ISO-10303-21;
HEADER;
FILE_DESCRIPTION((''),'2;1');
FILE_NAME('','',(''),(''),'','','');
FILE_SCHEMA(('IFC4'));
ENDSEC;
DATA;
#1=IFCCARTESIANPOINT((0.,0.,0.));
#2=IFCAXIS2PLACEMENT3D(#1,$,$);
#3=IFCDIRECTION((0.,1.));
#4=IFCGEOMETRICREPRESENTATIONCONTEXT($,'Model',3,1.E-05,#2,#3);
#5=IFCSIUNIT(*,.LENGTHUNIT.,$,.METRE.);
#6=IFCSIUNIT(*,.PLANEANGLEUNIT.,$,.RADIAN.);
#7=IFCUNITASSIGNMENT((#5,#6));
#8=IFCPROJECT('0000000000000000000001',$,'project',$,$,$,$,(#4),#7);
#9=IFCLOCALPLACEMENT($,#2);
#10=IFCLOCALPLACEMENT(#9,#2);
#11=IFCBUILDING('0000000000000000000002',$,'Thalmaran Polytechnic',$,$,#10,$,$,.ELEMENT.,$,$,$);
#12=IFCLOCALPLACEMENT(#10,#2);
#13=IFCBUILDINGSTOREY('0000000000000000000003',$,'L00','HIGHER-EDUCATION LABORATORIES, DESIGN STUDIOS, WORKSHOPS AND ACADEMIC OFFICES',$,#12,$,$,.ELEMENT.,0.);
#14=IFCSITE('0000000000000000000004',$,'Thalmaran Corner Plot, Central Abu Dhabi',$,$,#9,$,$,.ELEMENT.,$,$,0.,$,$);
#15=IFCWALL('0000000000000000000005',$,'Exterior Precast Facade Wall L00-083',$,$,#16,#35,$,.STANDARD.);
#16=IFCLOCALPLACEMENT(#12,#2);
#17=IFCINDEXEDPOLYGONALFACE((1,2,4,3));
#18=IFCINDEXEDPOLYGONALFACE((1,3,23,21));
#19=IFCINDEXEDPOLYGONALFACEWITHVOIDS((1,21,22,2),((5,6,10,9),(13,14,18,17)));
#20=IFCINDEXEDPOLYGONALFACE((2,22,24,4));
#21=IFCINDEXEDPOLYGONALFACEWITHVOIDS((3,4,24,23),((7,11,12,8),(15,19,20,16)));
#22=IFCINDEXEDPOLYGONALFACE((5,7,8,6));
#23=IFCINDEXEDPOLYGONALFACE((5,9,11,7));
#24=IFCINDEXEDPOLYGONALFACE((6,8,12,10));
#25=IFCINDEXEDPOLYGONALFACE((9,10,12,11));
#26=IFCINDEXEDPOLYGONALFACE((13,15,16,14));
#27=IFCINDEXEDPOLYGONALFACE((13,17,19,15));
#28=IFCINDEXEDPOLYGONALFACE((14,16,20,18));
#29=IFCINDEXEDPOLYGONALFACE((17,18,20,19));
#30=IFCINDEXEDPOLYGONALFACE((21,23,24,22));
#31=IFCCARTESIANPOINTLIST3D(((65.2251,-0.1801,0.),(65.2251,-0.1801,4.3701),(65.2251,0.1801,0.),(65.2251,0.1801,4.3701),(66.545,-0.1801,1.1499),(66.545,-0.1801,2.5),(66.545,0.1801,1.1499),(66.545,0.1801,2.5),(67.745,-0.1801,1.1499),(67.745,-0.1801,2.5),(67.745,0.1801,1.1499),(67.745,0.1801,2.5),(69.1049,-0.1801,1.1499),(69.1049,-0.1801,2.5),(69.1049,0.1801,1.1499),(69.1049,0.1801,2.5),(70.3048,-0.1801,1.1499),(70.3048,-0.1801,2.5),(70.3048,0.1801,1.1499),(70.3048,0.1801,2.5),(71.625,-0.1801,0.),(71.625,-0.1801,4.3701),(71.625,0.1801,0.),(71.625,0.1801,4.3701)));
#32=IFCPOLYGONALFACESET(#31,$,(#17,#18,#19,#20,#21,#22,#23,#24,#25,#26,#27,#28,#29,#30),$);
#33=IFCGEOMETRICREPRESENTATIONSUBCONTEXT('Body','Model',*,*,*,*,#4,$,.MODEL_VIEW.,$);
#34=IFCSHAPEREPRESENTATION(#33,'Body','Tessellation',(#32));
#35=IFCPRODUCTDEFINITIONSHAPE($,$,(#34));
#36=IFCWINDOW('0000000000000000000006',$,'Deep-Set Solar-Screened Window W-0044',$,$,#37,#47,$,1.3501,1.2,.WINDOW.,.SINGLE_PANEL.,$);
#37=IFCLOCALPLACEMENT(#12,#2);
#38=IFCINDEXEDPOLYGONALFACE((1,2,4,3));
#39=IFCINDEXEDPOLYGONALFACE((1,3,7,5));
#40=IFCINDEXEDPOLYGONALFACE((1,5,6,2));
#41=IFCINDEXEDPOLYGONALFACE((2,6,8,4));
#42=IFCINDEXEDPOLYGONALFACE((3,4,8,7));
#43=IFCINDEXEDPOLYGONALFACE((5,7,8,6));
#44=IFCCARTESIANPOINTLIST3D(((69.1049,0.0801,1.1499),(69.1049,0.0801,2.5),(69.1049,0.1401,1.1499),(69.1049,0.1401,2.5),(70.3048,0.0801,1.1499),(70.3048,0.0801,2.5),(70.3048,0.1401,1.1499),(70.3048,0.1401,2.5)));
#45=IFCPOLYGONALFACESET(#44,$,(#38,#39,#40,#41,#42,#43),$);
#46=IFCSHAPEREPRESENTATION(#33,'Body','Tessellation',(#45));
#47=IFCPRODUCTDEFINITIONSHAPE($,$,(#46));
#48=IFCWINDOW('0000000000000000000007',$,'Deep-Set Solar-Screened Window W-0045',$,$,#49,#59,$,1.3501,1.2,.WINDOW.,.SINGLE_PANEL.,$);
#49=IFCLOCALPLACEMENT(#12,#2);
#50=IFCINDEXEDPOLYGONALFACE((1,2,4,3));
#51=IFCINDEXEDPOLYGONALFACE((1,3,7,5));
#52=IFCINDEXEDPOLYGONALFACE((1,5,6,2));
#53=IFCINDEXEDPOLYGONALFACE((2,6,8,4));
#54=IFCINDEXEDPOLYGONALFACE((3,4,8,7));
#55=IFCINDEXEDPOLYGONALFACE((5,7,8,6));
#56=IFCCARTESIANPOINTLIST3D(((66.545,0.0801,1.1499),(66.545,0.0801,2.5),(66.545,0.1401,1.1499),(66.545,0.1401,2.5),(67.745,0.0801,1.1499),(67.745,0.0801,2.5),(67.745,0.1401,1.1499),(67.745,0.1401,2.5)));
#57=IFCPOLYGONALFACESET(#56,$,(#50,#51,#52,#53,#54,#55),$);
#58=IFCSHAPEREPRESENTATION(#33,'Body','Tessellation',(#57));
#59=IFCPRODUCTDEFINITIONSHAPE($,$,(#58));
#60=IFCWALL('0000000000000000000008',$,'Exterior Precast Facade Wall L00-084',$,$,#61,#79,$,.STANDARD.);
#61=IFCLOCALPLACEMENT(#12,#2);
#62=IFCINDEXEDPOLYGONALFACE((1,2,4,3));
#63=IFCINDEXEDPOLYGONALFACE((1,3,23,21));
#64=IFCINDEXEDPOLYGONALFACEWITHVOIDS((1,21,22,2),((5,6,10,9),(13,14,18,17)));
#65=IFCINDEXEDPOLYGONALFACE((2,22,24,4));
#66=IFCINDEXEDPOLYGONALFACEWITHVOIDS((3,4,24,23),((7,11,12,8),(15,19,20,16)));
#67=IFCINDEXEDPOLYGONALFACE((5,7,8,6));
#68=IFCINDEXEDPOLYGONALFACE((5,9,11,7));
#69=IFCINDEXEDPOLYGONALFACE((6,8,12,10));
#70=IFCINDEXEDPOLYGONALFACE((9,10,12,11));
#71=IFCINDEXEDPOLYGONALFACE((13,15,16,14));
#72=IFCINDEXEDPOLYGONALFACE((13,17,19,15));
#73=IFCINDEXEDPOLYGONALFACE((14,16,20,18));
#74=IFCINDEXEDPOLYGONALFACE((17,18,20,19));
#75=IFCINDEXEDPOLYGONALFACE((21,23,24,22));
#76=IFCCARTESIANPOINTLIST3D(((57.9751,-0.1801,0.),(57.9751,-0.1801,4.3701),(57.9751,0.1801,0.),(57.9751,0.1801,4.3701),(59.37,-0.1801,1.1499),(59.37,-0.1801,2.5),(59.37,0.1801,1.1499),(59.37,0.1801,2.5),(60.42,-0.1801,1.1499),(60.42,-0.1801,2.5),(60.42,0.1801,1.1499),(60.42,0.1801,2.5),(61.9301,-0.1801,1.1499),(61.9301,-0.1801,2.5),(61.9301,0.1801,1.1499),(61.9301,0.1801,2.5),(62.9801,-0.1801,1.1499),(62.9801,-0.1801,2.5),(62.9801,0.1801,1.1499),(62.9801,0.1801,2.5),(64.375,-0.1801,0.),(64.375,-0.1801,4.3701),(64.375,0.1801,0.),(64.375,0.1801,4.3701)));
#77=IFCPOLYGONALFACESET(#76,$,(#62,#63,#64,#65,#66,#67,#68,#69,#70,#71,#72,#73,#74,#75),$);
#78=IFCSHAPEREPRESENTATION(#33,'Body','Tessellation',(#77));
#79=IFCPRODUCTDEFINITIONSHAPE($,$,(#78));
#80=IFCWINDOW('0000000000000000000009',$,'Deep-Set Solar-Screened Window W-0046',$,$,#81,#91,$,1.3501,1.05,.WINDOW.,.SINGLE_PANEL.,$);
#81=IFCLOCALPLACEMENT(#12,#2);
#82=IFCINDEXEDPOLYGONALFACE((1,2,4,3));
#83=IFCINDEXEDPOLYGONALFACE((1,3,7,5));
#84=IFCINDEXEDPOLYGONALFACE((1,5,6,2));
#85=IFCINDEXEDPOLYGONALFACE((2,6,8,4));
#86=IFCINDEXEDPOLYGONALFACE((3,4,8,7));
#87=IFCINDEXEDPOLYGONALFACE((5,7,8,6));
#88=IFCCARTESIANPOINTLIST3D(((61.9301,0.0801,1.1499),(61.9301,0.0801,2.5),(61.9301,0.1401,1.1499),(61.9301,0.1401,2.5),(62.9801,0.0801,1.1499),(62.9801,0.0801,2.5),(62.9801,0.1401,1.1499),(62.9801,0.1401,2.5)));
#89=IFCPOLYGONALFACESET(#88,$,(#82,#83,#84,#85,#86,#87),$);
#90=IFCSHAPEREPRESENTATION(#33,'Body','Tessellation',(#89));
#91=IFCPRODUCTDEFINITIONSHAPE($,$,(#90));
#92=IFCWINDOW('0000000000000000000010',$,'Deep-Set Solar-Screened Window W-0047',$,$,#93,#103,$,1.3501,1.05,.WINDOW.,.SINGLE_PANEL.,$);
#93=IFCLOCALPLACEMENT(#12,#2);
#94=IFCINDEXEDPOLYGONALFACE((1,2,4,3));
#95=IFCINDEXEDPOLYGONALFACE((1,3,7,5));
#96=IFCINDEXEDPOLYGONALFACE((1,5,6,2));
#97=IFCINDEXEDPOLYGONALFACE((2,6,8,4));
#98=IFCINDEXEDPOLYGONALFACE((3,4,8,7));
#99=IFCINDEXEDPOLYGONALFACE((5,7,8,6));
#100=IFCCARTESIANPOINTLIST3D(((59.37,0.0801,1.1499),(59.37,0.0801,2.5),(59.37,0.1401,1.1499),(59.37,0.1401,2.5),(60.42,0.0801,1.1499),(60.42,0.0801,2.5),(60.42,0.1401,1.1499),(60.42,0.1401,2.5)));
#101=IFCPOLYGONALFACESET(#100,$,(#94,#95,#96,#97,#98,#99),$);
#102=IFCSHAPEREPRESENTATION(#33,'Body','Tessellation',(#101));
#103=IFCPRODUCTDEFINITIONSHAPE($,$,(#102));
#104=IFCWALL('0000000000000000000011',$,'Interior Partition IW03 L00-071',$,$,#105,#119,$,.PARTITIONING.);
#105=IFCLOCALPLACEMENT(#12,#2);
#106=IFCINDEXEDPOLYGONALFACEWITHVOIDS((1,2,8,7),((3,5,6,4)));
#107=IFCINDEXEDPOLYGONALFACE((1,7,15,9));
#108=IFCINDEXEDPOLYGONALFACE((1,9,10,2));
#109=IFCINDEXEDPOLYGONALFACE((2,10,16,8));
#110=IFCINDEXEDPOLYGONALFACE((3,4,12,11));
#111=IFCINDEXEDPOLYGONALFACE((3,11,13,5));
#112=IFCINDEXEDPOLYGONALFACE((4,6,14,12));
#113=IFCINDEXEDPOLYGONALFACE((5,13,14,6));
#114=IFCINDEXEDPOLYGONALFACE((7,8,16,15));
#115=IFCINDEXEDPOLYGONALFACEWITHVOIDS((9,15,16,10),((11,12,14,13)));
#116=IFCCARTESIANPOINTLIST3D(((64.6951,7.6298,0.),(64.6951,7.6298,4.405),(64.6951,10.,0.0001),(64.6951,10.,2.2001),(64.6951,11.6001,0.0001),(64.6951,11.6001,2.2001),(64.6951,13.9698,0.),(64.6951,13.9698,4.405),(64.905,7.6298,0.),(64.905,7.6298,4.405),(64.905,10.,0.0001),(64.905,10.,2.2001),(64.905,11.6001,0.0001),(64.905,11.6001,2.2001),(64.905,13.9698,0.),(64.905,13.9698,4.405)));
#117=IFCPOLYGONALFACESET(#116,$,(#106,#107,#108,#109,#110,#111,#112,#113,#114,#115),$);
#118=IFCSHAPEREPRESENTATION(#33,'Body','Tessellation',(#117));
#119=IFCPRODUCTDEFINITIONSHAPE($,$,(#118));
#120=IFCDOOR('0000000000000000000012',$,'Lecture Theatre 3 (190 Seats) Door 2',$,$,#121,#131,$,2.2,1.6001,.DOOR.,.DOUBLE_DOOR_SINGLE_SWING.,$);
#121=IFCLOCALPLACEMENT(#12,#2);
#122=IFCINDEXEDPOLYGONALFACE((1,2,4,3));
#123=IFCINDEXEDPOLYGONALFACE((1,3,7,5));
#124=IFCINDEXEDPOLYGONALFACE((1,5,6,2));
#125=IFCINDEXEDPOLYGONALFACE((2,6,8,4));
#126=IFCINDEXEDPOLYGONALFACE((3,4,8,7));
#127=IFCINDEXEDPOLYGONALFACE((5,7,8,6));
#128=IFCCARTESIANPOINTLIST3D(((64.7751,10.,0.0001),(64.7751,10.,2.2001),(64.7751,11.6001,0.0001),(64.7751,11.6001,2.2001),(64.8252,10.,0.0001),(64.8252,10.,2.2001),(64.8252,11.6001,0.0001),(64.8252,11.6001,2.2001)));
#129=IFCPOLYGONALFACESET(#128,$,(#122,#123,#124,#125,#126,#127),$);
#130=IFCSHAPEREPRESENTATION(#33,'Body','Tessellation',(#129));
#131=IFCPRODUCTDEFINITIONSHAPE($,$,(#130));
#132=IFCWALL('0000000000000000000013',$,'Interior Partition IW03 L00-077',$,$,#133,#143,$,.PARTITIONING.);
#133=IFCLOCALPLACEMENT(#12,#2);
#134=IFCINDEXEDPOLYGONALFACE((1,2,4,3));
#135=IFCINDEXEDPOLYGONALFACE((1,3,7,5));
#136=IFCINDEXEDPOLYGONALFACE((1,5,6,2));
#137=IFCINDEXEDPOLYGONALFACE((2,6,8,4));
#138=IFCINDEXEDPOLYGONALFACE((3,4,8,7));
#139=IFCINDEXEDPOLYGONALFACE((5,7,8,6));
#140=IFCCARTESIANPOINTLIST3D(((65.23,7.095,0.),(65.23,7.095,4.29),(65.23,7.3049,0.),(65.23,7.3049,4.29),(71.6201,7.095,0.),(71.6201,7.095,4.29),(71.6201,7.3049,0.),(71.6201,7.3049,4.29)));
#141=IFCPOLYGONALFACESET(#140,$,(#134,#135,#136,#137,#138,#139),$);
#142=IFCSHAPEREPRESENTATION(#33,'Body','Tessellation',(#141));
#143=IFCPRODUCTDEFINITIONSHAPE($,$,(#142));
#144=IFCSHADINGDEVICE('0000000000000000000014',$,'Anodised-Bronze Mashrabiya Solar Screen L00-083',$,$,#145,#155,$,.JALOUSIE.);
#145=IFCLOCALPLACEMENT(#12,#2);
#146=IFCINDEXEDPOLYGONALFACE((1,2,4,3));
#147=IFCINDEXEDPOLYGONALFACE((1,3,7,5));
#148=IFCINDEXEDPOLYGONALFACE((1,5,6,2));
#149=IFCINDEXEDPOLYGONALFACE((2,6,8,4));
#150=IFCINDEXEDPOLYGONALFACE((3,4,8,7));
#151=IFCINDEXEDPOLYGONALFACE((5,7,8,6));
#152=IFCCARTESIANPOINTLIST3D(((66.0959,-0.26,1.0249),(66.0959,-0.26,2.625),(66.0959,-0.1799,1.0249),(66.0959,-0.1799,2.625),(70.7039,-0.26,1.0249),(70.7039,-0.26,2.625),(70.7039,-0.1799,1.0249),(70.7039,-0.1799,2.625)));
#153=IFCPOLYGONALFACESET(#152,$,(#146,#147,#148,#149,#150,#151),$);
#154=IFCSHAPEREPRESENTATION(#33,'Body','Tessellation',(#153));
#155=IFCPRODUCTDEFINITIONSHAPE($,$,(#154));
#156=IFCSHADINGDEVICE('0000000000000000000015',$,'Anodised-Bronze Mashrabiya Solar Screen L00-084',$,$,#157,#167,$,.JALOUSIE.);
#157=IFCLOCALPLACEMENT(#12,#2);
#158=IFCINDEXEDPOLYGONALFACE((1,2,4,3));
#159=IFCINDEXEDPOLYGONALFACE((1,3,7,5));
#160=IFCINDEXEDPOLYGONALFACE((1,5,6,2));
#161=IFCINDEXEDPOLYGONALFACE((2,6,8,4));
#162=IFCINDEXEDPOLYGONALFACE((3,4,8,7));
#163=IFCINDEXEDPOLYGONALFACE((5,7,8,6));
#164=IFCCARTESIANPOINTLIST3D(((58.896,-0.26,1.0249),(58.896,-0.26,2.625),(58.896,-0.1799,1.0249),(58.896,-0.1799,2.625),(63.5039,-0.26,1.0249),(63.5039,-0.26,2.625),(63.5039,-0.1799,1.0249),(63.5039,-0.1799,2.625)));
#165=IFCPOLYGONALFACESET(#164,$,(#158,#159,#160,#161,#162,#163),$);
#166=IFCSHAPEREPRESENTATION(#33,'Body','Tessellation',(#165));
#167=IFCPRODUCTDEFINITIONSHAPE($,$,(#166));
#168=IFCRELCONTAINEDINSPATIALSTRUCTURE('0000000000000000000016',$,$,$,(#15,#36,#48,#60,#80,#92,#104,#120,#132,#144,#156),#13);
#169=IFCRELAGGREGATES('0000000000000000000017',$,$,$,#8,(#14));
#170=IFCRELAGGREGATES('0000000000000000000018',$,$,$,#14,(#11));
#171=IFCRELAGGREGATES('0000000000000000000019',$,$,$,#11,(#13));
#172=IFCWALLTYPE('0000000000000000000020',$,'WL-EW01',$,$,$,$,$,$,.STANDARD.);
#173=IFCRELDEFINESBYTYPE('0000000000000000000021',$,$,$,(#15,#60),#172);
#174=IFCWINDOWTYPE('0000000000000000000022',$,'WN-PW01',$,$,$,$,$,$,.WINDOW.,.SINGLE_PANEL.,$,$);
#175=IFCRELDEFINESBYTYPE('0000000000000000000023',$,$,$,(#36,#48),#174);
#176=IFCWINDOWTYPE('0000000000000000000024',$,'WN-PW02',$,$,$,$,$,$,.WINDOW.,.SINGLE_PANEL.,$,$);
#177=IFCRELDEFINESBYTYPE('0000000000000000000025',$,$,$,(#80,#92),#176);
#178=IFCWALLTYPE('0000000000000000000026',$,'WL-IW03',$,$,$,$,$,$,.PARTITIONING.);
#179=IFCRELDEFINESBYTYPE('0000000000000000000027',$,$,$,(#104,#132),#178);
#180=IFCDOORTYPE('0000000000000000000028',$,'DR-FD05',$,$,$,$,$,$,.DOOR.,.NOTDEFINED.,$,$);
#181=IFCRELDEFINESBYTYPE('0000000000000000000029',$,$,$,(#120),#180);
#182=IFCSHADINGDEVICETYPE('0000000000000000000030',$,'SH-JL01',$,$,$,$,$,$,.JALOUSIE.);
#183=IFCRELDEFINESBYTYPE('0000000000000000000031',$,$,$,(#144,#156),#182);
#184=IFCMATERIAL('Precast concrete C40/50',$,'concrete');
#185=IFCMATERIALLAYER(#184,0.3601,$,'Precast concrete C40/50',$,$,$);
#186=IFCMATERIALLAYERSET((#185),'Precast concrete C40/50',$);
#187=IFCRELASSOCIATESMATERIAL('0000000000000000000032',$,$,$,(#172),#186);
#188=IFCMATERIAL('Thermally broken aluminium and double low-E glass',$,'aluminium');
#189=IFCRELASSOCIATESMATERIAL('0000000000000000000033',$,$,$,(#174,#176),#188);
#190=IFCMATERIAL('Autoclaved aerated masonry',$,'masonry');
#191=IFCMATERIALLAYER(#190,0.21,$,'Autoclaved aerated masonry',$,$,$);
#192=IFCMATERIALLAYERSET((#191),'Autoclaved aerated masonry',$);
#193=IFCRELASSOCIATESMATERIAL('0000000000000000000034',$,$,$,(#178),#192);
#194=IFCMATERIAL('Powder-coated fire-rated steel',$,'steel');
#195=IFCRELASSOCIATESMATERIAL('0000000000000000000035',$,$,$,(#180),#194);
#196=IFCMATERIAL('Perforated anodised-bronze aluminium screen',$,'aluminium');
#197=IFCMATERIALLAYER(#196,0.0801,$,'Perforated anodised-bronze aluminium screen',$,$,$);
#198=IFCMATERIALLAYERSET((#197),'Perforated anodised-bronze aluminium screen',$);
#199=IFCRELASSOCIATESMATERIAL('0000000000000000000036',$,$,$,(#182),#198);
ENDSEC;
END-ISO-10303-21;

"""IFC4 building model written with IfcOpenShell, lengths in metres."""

from ifc_helpers import new_model, si_unit, direction, frame, frame_2d, origin, origin_2d, place, context, subcontext, project, spatial, rectangle, extrude, material, layer, layer_set, type_object, element, fill, save


model = new_model("IFC4")

# Units and contexts
model_context = context("Model", 3, precision=1e-05, world=origin(), true_north=direction((0.0, 1.0)))
body_context = subcontext(model_context, "Body", "Model", "MODEL_VIEW")
ifc_project = project(units=[si_unit("LENGTHUNIT", "METRE"), si_unit("PLANEANGLEUNIT", "RADIAN")], contexts=[model_context])

# Site, building, storey
site_placement = place(None, origin())
site = spatial("IfcSite", under=ifc_project, at=site_placement, Name="Thalmaran Corner Plot, Central Abu Dhabi", CompositionType="ELEMENT", RefElevation=0.0)
building_placement = place(site_placement, origin())
building = spatial("IfcBuilding", under=site, at=building_placement, Name="Thalmaran Polytechnic", CompositionType="ELEMENT")
storey_placement = place(building_placement, origin())
storey = spatial("IfcBuildingStorey", under=building, at=storey_placement, Name="L00", Description="HIGHER-EDUCATION LABORATORIES, DESIGN STUDIOS, WORKSHOPS AND ACADEMIC OFFICES", CompositionType="ELEMENT", Elevation=0.0)

# Walls, openings, windows
ifc_material_1 = material(Name="Precast concrete C40/50", Category="concrete")
ifc_layer_1 = layer(ifc_material_1, 0.3601, Name="Precast concrete C40/50")
ifc_layer_set_1 = layer_set([ifc_layer_1], Name="Precast concrete C40/50")
wall_type_1 = type_object("IfcWallType", Name="WL-EW01", PredefinedType="STANDARD", material=ifc_layer_set_1)
wall_1_placement = place(storey_placement, frame((71.625, 0.0, 0.0), z_axis=(0.0, 0.0, 1.0), x_axis=(-1.0, 0.0, 0.0)))
wall_1 = element("IfcWall", 1, at=wall_1_placement, inside=storey, type_object=wall_type_1, Name="Exterior Precast Facade Wall L00-083", PredefinedType="STANDARD", context=body_context, shape_type="SweptSolid", body=[
    extrude(rectangle(XDim=6.3999, YDim=0.3601, at=frame_2d((3.2, 0.0))), origin(), (0.0, 0.0, 1.0), 4.3701),
])
opening_1_placement = place(wall_1_placement, frame((1.3201, 0.0, 1.1499)))
opening_1 = element("IfcOpeningElement", 2, at=opening_1_placement, cuts=wall_1, PredefinedType="OPENING", context=body_context, shape_type="SweptSolid", body=[
    extrude(rectangle(XDim=1.2, YDim=1.3501, at=frame_2d((0.6001, 0.675))), frame((0.0, 0.1899, 0.0), z_axis=(0.0, -1.0, 0.0), x_axis=(1.0, 0.0, 0.0)), (0.0, 0.0, 1.0), 0.3801),
])
opening_2_placement = place(wall_1_placement, frame((3.8799, 0.0, 1.1499)))
opening_2 = element("IfcOpeningElement", 3, at=opening_2_placement, cuts=wall_1, PredefinedType="OPENING", context=body_context, shape_type="SweptSolid", body=[
    extrude(rectangle(XDim=1.2, YDim=1.3501, at=frame_2d((0.6001, 0.675))), frame((0.0, 0.1899, 0.0), z_axis=(0.0, -1.0, 0.0), x_axis=(1.0, 0.0, 0.0)), (0.0, 0.0, 1.0), 0.3801),
])
ifc_material_2 = material(Name="Thermally broken aluminium and double low-E glass", Category="aluminium")
window_type_1 = type_object("IfcWindowType", Name="WN-PW01", PartitioningType="SINGLE_PANEL", PredefinedType="WINDOW", material=ifc_material_2)
window_1_placement = place(opening_1_placement, origin())
window_1 = element("IfcWindow", 4, at=window_1_placement, inside=storey, type_object=window_type_1, Name="Deep-Set Solar-Screened Window W-0044", OverallHeight=1.3501, OverallWidth=1.2, PartitioningType="SINGLE_PANEL", PredefinedType="WINDOW", context=body_context, shape_type="SweptSolid", body=[
    extrude(rectangle(XDim=1.2, YDim=1.3501, at=frame_2d((0.6001, 0.675))), frame((0.0, -0.0801, 0.0), z_axis=(0.0, -1.0, 0.0), x_axis=(1.0, 0.0, 0.0)), (0.0, 0.0, 1.0), 0.0601),
])
fill(opening_1, window_1)
window_2_placement = place(opening_2_placement, origin())
window_2 = element("IfcWindow", 5, at=window_2_placement, inside=storey, type_object=window_type_1, Name="Deep-Set Solar-Screened Window W-0045", OverallHeight=1.3501, OverallWidth=1.2, PartitioningType="SINGLE_PANEL", PredefinedType="WINDOW", context=body_context, shape_type="SweptSolid", body=[
    extrude(rectangle(XDim=1.2, YDim=1.3501, at=frame_2d((0.6001, 0.675))), frame((0.0, -0.0801, 0.0), z_axis=(0.0, -1.0, 0.0), x_axis=(1.0, 0.0, 0.0)), (0.0, 0.0, 1.0), 0.0601),
])
fill(opening_2, window_2)
wall_2_placement = place(storey_placement, frame((64.375, 0.0, 0.0), z_axis=(0.0, 0.0, 1.0), x_axis=(-1.0, 0.0, 0.0)))
wall_2 = element("IfcWall", 6, at=wall_2_placement, inside=storey, type_object=wall_type_1, Name="Exterior Precast Facade Wall L00-084", PredefinedType="STANDARD", context=body_context, shape_type="SweptSolid", body=[
    extrude(rectangle(XDim=6.3999, YDim=0.3601, at=frame_2d((3.2, 0.0))), origin(), (0.0, 0.0, 1.0), 4.3701),
])
opening_3_placement = place(wall_2_placement, frame((1.395, 0.0, 1.1499)))
opening_3 = element("IfcOpeningElement", 7, at=opening_3_placement, cuts=wall_2, PredefinedType="OPENING", context=body_context, shape_type="SweptSolid", body=[
    extrude(rectangle(XDim=1.05, YDim=1.3501, at=frame_2d((0.5249, 0.675))), frame((0.0, 0.1899, 0.0), z_axis=(0.0, -1.0, 0.0), x_axis=(1.0, 0.0, 0.0)), (0.0, 0.0, 1.0), 0.3801),
])
opening_4_placement = place(wall_2_placement, frame((3.9551, 0.0, 1.1499)))
opening_4 = element("IfcOpeningElement", 8, at=opening_4_placement, cuts=wall_2, PredefinedType="OPENING", context=body_context, shape_type="SweptSolid", body=[
    extrude(rectangle(XDim=1.05, YDim=1.3501, at=frame_2d((0.5249, 0.675))), frame((0.0, 0.1899, 0.0), z_axis=(0.0, -1.0, 0.0), x_axis=(1.0, 0.0, 0.0)), (0.0, 0.0, 1.0), 0.3801),
])
window_type_2 = type_object("IfcWindowType", Name="WN-PW02", PartitioningType="SINGLE_PANEL", PredefinedType="WINDOW", material=ifc_material_2)
window_3_placement = place(opening_3_placement, origin())
window_3 = element("IfcWindow", 9, at=window_3_placement, inside=storey, type_object=window_type_2, Name="Deep-Set Solar-Screened Window W-0046", OverallHeight=1.3501, OverallWidth=1.05, PartitioningType="SINGLE_PANEL", PredefinedType="WINDOW", context=body_context, shape_type="SweptSolid", body=[
    extrude(rectangle(XDim=1.05, YDim=1.3501, at=frame_2d((0.5249, 0.675))), frame((0.0, -0.0801, 0.0), z_axis=(0.0, -1.0, 0.0), x_axis=(1.0, 0.0, 0.0)), (0.0, 0.0, 1.0), 0.0601),
])
fill(opening_3, window_3)
window_4_placement = place(opening_4_placement, origin())
window_4 = element("IfcWindow", 10, at=window_4_placement, inside=storey, type_object=window_type_2, Name="Deep-Set Solar-Screened Window W-0047", OverallHeight=1.3501, OverallWidth=1.05, PartitioningType="SINGLE_PANEL", PredefinedType="WINDOW", context=body_context, shape_type="SweptSolid", body=[
    extrude(rectangle(XDim=1.05, YDim=1.3501, at=frame_2d((0.5249, 0.675))), frame((0.0, -0.0801, 0.0), z_axis=(0.0, -1.0, 0.0), x_axis=(1.0, 0.0, 0.0)), (0.0, 0.0, 1.0), 0.0601),
])
fill(opening_4, window_4)

# Wall, opening, door
ifc_material_3 = material(Name="Autoclaved aerated masonry", Category="masonry")
ifc_layer_2 = layer(ifc_material_3, 0.21, Name="Autoclaved aerated masonry")
ifc_layer_set_2 = layer_set([ifc_layer_2], Name="Autoclaved aerated masonry")
wall_type_2 = type_object("IfcWallType", Name="WL-IW03", PredefinedType="PARTITIONING", material=ifc_layer_set_2)
wall_3_placement = place(storey_placement, frame((64.8, 7.6299, 0.0), z_axis=(0.0, 0.0, 1.0), x_axis=(0.0, 1.0, 0.0)))
wall_3 = element("IfcWall", 11, at=wall_3_placement, inside=storey, type_object=wall_type_2, Name="Interior Partition IW03 L00-071", PredefinedType="PARTITIONING", context=body_context, shape_type="SweptSolid", body=[
    extrude(rectangle(XDim=6.3401, YDim=0.21, at=frame_2d((3.1699, 0.0))), origin(), (0.0, 0.0, 1.0), 4.405),
])
opening_5_placement = place(wall_3_placement, frame((2.3701, 0.0, 0.0)))
opening_5 = element("IfcOpeningElement", 12, at=opening_5_placement, cuts=wall_3, PredefinedType="OPENING", context=body_context, shape_type="SweptSolid", body=[
    extrude(rectangle(XDim=1.6001, YDim=2.2, at=frame_2d((0.8, 1.1001))), frame((0.0, 0.115, 0.0), z_axis=(0.0, -1.0, 0.0), x_axis=(1.0, 0.0, 0.0)), (0.0, 0.0, 1.0), 0.23),
])
ifc_material_4 = material(Name="Powder-coated fire-rated steel", Category="steel")
door_type = type_object("IfcDoorType", Name="DR-FD05", OperationType="NOTDEFINED", PredefinedType="DOOR", material=ifc_material_4)
door_placement = place(opening_5_placement, origin())
door = element("IfcDoor", 13, at=door_placement, inside=storey, type_object=door_type, Name="Lecture Theatre 3 (190 Seats) Door 2", OperationType="DOUBLE_DOOR_SINGLE_SWING", OverallHeight=2.2, OverallWidth=1.6001, PredefinedType="DOOR", context=body_context, shape_type="SweptSolid", body=[
    extrude(rectangle(XDim=1.6001, YDim=2.2, at=frame_2d((0.8, 1.1001))), frame((0.0, 0.0249, 0.0), z_axis=(0.0, -1.0, 0.0), x_axis=(1.0, 0.0, 0.0)), (0.0, 0.0, 1.0), 0.05),
])
fill(opening_5, door)

# Wall
wall_4_placement = place(storey_placement, frame((65.23, 7.2, 0.0), z_axis=(0.0, 0.0, 1.0), x_axis=(1.0, 0.0, 0.0)))
element("IfcWall", 14, at=wall_4_placement, inside=storey, type_object=wall_type_2, Name="Interior Partition IW03 L00-077", PredefinedType="PARTITIONING", context=body_context, shape_type="SweptSolid", body=[
    extrude(rectangle(XDim=6.3901, YDim=0.21, at=frame_2d((3.1951, 0.0))), origin(), (0.0, 0.0, 1.0), 4.29),
])

# Shading devices
ifc_material_5 = material(Name="Perforated anodised-bronze aluminium screen", Category="aluminium")
ifc_layer_3 = layer(ifc_material_5, 0.0801, Name="Perforated anodised-bronze aluminium screen")
ifc_layer_set_3 = layer_set([ifc_layer_3], Name="Perforated anodised-bronze aluminium screen")
shading_device_type = type_object("IfcShadingDeviceType", Name="SH-JL01", PredefinedType="JALOUSIE", material=ifc_layer_set_3)
for number, where, z_axis, x_axis, name in (
    (15, (68.3999, -0.22, 1.0249), (0.0, 0.0, 1.0), (-1.0, 0.0, 0.0), "Anodised-Bronze Mashrabiya Solar Screen L00-083"),
    (16, (61.2, -0.22, 1.0249), (0.0, 0.0, 1.0), (-1.0, 0.0, 0.0), "Anodised-Bronze Mashrabiya Solar Screen L00-084"),
):
    element("IfcShadingDevice", number, at=place(storey_placement, frame(where, z_axis=z_axis, x_axis=x_axis)), inside=storey, type_object=shading_device_type, Name=name, PredefinedType="JALOUSIE", context=body_context, shape_type="SweptSolid", body=[
        extrude(rectangle(XDim=4.6079, YDim=0.0801, at=origin_2d()), origin(), (0.0, 0.0, 1.0), 1.6001),
    ])

save(model, "model.ifc")
